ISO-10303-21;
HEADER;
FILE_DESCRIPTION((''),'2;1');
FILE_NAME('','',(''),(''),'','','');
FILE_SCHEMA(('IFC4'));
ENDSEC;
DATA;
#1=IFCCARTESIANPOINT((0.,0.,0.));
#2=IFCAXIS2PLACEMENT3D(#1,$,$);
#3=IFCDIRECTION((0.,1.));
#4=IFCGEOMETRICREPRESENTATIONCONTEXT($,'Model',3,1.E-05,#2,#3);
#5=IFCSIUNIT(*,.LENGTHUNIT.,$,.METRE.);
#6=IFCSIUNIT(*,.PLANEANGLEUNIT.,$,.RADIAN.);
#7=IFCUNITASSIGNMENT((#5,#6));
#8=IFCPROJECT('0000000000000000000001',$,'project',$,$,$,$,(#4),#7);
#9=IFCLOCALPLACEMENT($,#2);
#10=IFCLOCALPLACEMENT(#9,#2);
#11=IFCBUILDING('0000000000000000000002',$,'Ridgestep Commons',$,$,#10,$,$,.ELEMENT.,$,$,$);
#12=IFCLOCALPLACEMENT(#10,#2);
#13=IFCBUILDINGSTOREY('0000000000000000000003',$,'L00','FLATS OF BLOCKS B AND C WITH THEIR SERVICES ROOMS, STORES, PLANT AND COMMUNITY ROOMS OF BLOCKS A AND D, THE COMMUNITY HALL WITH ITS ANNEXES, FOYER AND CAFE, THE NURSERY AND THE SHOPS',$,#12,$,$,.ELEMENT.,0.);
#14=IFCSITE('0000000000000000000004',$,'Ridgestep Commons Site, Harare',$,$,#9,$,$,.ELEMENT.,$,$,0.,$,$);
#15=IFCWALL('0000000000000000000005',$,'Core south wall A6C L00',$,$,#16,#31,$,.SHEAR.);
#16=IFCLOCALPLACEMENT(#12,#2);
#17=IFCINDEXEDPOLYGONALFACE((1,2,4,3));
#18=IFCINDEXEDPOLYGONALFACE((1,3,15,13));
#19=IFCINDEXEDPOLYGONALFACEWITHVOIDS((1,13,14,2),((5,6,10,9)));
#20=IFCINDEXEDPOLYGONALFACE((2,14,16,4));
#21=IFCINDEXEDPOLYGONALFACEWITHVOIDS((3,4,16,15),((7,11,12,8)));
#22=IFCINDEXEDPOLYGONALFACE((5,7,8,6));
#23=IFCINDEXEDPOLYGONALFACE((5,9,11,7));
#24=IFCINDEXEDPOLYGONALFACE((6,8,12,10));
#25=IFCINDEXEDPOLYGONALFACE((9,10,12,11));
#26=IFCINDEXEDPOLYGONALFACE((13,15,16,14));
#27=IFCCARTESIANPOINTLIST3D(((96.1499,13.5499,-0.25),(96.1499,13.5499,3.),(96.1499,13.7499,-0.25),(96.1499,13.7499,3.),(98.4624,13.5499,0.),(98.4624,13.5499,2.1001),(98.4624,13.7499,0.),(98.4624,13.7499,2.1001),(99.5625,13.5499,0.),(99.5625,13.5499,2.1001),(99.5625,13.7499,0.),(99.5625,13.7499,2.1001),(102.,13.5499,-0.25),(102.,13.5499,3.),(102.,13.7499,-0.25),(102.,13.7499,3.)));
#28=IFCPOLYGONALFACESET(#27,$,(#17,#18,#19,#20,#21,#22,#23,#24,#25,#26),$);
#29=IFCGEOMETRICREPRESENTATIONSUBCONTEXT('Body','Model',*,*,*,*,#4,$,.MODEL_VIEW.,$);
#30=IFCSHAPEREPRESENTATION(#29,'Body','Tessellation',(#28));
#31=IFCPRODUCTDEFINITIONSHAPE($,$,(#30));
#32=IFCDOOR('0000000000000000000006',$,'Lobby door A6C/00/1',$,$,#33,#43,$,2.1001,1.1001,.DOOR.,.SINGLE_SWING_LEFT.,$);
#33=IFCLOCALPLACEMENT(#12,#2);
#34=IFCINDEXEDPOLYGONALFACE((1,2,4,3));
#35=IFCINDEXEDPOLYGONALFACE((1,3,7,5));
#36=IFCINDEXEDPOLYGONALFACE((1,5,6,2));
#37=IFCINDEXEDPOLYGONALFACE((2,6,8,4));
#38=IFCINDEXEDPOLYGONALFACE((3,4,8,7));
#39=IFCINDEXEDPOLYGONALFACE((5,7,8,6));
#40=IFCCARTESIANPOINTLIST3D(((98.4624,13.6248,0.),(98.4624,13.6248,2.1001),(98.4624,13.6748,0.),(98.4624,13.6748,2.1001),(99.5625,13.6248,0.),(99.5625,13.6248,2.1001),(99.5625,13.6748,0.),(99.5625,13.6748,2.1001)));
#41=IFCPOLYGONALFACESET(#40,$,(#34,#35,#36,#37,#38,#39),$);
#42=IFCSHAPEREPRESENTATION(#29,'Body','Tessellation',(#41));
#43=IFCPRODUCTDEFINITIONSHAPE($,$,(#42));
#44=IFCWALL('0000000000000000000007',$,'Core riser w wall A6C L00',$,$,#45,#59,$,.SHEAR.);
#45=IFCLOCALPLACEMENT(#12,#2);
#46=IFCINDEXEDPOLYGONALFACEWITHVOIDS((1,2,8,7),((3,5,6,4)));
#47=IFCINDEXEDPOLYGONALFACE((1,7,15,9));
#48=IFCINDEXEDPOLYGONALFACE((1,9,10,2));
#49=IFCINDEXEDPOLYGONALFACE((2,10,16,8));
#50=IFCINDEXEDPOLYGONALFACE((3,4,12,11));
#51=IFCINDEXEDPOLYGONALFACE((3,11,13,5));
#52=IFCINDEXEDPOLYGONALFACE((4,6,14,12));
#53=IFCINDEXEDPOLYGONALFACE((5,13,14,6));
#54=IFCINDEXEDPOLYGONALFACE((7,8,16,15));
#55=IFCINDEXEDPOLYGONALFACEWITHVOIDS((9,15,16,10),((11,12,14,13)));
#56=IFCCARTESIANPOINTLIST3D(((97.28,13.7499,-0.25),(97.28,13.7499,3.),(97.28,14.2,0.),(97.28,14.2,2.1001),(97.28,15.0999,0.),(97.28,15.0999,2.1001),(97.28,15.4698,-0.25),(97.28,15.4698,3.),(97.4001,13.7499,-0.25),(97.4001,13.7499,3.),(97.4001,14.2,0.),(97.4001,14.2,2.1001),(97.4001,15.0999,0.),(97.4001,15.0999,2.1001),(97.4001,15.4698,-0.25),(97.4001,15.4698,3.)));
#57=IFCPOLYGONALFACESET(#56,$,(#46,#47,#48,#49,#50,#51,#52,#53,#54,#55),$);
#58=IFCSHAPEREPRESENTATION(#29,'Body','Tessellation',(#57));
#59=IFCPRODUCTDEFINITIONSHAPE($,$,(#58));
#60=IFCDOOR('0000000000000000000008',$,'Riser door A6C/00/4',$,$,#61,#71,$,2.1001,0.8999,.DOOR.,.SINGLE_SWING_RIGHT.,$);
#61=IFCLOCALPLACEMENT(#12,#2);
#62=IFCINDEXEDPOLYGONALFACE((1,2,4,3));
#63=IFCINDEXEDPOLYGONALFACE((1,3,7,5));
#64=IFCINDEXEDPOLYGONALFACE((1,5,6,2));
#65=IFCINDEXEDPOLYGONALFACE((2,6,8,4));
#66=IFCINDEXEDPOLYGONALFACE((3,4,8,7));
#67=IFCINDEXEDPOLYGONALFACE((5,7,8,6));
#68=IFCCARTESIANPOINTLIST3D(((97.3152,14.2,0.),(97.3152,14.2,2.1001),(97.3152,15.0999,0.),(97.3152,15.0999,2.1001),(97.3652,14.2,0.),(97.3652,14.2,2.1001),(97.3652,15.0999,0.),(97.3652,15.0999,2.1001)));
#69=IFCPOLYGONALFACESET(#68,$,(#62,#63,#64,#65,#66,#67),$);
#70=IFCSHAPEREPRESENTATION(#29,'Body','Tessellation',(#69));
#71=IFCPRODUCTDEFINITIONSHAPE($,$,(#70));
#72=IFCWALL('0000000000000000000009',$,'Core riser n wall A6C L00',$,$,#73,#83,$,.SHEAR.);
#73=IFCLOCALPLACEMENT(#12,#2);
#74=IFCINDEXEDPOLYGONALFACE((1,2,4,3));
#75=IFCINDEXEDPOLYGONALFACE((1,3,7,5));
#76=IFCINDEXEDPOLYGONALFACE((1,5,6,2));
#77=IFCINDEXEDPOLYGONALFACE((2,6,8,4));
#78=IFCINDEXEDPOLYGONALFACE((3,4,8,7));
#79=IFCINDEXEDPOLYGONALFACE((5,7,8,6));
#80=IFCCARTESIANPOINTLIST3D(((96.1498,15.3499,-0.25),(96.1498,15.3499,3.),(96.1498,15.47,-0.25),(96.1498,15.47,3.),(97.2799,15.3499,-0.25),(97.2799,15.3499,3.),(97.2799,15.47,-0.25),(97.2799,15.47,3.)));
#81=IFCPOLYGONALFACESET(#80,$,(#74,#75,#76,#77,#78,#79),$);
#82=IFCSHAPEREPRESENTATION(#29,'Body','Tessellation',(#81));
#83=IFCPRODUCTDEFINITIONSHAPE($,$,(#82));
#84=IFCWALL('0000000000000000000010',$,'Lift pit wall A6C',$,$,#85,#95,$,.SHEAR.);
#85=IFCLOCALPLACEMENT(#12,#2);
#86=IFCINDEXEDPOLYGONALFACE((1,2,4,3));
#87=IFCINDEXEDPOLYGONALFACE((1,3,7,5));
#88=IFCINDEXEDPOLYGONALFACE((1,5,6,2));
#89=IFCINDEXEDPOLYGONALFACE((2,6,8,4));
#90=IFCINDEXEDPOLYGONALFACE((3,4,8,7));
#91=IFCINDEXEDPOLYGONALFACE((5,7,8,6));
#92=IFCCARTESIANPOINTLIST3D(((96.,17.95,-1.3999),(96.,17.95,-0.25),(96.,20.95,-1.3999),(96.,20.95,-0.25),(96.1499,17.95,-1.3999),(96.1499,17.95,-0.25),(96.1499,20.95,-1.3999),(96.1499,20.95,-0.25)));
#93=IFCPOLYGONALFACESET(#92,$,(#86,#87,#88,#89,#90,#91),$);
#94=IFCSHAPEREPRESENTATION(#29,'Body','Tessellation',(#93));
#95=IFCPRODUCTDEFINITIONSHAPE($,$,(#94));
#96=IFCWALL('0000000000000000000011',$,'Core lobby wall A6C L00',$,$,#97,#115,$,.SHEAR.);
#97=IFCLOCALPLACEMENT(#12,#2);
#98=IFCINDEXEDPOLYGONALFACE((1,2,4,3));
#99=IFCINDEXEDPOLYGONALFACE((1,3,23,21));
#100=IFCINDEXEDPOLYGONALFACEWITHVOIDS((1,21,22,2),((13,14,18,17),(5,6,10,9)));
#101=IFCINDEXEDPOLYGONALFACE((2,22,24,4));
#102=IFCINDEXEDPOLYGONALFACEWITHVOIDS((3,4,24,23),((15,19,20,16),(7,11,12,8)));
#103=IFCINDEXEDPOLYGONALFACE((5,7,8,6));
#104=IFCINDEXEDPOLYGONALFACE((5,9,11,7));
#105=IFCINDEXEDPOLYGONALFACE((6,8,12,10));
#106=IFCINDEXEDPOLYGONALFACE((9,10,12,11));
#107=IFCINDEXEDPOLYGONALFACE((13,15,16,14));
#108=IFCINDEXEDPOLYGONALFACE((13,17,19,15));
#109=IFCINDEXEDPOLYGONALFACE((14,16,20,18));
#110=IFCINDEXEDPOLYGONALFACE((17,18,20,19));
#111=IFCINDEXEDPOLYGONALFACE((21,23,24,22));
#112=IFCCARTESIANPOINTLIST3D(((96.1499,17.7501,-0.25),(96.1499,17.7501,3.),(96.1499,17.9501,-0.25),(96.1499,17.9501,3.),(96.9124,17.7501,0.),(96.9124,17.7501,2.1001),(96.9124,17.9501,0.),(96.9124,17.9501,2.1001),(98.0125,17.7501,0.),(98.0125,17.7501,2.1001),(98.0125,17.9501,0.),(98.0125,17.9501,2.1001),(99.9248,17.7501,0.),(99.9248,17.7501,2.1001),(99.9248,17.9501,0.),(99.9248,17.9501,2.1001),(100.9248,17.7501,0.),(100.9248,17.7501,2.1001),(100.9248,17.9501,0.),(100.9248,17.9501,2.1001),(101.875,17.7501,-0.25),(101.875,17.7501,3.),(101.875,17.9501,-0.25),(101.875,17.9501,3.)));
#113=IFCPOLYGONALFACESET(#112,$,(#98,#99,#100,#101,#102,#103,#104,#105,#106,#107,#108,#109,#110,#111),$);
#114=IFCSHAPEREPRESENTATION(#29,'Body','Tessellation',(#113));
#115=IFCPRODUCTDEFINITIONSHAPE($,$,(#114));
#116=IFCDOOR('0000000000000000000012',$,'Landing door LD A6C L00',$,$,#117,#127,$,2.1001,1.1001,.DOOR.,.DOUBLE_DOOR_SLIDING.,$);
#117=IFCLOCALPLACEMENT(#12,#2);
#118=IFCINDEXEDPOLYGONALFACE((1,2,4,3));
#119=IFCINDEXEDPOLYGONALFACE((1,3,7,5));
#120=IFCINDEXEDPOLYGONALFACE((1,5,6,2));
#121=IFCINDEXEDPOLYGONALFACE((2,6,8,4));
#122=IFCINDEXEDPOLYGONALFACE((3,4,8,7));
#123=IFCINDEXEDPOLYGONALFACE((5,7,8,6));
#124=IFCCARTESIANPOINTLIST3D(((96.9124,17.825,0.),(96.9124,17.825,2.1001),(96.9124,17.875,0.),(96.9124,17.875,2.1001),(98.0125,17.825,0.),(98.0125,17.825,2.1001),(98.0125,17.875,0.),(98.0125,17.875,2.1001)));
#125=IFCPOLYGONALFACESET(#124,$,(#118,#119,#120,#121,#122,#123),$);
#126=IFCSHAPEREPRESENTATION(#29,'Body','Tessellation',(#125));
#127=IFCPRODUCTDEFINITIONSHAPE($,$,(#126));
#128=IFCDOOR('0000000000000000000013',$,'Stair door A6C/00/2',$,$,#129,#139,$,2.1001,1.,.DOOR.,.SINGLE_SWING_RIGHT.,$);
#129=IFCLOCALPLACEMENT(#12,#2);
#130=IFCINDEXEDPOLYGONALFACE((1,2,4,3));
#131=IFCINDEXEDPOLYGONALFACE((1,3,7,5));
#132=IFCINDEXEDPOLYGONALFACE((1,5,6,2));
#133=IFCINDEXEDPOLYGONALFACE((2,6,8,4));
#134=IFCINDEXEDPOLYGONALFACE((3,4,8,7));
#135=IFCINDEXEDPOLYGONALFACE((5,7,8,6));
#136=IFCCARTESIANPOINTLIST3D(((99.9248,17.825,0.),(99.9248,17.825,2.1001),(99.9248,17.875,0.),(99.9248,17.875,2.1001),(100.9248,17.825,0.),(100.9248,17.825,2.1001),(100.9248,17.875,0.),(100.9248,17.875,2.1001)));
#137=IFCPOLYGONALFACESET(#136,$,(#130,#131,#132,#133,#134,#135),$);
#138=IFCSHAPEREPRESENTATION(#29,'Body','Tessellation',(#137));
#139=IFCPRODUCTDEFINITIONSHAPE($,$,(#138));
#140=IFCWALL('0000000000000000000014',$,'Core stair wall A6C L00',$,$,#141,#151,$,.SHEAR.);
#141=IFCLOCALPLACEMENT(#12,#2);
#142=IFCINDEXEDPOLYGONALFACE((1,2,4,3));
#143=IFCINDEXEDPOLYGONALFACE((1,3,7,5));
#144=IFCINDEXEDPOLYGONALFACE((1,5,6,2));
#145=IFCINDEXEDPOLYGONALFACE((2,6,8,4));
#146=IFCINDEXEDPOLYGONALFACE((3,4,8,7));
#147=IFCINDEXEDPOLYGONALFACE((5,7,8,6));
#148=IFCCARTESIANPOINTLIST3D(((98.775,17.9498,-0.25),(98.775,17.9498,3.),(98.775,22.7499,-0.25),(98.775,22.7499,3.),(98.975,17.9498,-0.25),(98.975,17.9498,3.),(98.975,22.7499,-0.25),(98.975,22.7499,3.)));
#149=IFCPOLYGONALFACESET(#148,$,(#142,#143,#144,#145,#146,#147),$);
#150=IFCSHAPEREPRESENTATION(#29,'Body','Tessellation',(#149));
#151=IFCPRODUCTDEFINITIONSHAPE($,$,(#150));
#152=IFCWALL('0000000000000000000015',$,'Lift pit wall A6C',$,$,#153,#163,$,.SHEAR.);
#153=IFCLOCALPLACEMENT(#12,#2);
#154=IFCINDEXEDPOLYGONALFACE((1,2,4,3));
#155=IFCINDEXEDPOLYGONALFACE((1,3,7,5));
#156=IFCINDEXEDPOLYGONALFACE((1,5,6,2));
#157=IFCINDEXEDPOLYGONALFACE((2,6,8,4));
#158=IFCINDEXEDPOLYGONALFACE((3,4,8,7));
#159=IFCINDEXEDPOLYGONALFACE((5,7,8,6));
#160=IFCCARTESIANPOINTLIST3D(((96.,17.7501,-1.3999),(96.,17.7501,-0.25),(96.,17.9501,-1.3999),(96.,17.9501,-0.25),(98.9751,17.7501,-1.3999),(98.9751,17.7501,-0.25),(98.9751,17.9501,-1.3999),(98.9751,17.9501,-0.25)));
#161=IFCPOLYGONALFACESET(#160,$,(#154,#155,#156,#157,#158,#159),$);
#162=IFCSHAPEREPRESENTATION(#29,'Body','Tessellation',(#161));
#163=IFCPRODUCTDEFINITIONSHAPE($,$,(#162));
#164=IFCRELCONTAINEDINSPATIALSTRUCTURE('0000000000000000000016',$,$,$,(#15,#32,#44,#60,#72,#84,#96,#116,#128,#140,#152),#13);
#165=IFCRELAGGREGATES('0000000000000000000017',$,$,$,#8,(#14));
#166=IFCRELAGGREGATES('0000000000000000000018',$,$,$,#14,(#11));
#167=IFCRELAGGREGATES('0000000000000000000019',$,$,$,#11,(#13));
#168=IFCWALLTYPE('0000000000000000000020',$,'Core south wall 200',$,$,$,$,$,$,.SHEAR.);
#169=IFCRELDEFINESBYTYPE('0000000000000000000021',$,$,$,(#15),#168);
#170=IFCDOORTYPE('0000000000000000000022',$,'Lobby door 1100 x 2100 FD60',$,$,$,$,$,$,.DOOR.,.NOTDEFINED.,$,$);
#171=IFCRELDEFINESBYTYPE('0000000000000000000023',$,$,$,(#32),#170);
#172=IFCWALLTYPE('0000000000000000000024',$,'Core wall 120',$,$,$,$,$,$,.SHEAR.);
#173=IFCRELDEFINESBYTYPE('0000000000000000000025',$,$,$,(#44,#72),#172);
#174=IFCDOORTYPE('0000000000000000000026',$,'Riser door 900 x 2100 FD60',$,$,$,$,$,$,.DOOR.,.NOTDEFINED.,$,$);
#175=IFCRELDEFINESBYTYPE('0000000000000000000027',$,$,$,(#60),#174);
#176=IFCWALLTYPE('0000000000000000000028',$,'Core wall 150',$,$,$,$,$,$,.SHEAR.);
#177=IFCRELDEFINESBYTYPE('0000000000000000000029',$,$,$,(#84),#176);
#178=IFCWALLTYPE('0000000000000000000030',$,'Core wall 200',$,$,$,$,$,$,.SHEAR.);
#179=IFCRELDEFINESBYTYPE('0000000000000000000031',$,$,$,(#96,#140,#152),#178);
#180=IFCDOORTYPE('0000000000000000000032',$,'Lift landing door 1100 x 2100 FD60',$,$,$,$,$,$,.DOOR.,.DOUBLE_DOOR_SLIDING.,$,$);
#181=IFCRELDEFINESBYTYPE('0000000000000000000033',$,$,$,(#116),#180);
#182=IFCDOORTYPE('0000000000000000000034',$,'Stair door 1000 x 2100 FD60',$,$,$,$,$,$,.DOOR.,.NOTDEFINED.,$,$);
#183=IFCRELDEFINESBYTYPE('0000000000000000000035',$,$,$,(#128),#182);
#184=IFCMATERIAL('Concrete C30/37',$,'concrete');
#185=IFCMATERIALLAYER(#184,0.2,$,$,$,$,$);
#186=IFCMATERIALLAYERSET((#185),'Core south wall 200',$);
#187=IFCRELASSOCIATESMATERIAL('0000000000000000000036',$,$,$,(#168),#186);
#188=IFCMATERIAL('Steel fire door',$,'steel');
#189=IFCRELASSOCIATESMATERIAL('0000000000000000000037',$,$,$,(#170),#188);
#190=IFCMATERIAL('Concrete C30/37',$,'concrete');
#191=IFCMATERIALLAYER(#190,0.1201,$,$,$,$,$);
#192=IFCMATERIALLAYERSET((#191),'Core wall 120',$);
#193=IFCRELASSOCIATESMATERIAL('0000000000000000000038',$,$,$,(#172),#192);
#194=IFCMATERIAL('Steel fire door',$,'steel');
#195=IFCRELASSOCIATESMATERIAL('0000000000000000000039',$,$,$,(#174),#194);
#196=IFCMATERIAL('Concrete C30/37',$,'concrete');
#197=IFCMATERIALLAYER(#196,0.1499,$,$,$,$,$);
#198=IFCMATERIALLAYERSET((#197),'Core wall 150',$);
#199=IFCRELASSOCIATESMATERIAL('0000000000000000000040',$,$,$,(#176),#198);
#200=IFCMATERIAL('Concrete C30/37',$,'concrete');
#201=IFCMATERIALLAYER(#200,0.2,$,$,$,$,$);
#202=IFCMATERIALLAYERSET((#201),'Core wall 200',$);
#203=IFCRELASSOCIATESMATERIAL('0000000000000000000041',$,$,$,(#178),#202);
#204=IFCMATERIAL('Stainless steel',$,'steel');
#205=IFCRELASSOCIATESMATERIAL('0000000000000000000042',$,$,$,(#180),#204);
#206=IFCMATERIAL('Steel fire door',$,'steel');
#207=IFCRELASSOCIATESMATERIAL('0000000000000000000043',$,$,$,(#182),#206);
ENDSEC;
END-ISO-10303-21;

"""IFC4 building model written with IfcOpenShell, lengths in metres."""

from ifc_helpers import new_model, si_unit, direction, frame, frame_2d, origin, place, context, subcontext, project, spatial, rectangle, extrude, material, layer, layer_set, type_object, element, fill, save


model = new_model("IFC4")

# Units and contexts
model_context = context("Model", 3, precision=1e-05, world=origin(), true_north=direction((0.0, 1.0)))
body_context = subcontext(model_context, "Body", "Model", "MODEL_VIEW")
ifc_project = project(units=[si_unit("LENGTHUNIT", "METRE"), si_unit("PLANEANGLEUNIT", "RADIAN")], contexts=[model_context])

# Site, building, storey
site_placement = place(None, origin())
site = spatial("IfcSite", under=ifc_project, at=site_placement, Name="Ridgestep Commons Site, Harare", CompositionType="ELEMENT", RefElevation=0.0)
building_placement = place(site_placement, origin())
building = spatial("IfcBuilding", under=site, at=building_placement, Name="Ridgestep Commons", CompositionType="ELEMENT")
storey_placement = place(building_placement, origin())
storey = spatial("IfcBuildingStorey", under=building, at=storey_placement, Name="L00", Description="FLATS OF BLOCKS B AND C WITH THEIR SERVICES ROOMS, STORES, PLANT AND COMMUNITY ROOMS OF BLOCKS A AND D, THE COMMUNITY HALL WITH ITS ANNEXES, FOYER AND CAFE, THE NURSERY AND THE SHOPS", CompositionType="ELEMENT", Elevation=0.0)

# Walls, openings, doors
ifc_material_1 = material(Name="Concrete C30/37", Category="concrete")
ifc_layer_1 = layer(ifc_material_1, 0.2)
ifc_layer_set_1 = layer_set([ifc_layer_1], Name="Core south wall 200")
wall_type_1 = type_object("IfcWallType", Name="Core south wall 200", PredefinedType="SHEAR", material=ifc_layer_set_1)
wall_1_placement = place(storey_placement, frame((96.1499, 13.6499, -0.25), z_axis=(0.0, 0.0, 1.0), x_axis=(1.0, 0.0, 0.0)))
wall_1 = element("IfcWall", 1, at=wall_1_placement, inside=storey, type_object=wall_type_1, Name="Core south wall A6C L00", PredefinedType="SHEAR", context=body_context, shape_type="SweptSolid", body=[
    extrude(rectangle(XDim=5.8501, YDim=0.2, at=frame_2d((2.925, 0.0))), origin(), (0.0, 0.0, 1.0), 3.25),
])
opening_1_placement = place(wall_1_placement, frame((2.3125, 0.0, 0.25)))
opening_1 = element("IfcOpeningElement", 2, at=opening_1_placement, cuts=wall_1, PredefinedType="OPENING", context=body_context, shape_type="SweptSolid", body=[
    extrude(rectangle(XDim=1.1001, YDim=2.1001, at=frame_2d((0.55, 1.05))), frame((0.0, 0.1099, 0.0), z_axis=(0.0, -1.0, 0.0), x_axis=(1.0, 0.0, 0.0)), (0.0, 0.0, 1.0), 0.22),
])
ifc_material_2 = material(Name="Steel fire door", Category="steel")
door_type_1 = type_object("IfcDoorType", Name="Lobby door 1100 x 2100 FD60", OperationType="NOTDEFINED", PredefinedType="DOOR", material=ifc_material_2)
door_1_placement = place(opening_1_placement, origin())
door_1 = element("IfcDoor", 3, at=door_1_placement, inside=storey, type_object=door_type_1, Name="Lobby door A6C/00/1", OperationType="SINGLE_SWING_LEFT", OverallHeight=2.1001, OverallWidth=1.1001, PredefinedType="DOOR", context=body_context, shape_type="SweptSolid", body=[
    extrude(rectangle(XDim=1.1001, YDim=2.1001, at=frame_2d((0.55, 1.05))), frame((0.0, 0.0249, 0.0), z_axis=(0.0, -1.0, 0.0), x_axis=(1.0, 0.0, 0.0)), (0.0, 0.0, 1.0), 0.05),
])
fill(opening_1, door_1)
ifc_material_3 = material(Name="Concrete C30/37", Category="concrete")
ifc_layer_2 = layer(ifc_material_3, 0.1201)
ifc_layer_set_2 = layer_set([ifc_layer_2], Name="Core wall 120")
wall_type_2 = type_object("IfcWallType", Name="Core wall 120", PredefinedType="SHEAR", material=ifc_layer_set_2)
wall_2_placement = place(storey_placement, frame((97.3401, 13.75, -0.25), z_axis=(0.0, 0.0, 1.0), x_axis=(0.0, 1.0, 0.0)))
wall_2 = element("IfcWall", 4, at=wall_2_placement, inside=storey, type_object=wall_type_2, Name="Core riser w wall A6C L00", PredefinedType="SHEAR", context=body_context, shape_type="SweptSolid", body=[
    extrude(rectangle(XDim=1.72, YDim=0.1201, at=frame_2d((0.8599, 0.0))), origin(), (0.0, 0.0, 1.0), 3.25),
])
opening_2_placement = place(wall_2_placement, frame((0.45, 0.0, 0.25)))
opening_2 = element("IfcOpeningElement", 5, at=opening_2_placement, cuts=wall_2, PredefinedType="OPENING", context=body_context, shape_type="SweptSolid", body=[
    extrude(rectangle(XDim=0.8999, YDim=2.1001, at=frame_2d((0.45, 1.05))), frame((0.0, 0.0701, 0.0), z_axis=(0.0, -1.0, 0.0), x_axis=(1.0, 0.0, 0.0)), (0.0, 0.0, 1.0), 0.1401),
])
ifc_material_4 = material(Name="Steel fire door", Category="steel")
door_type_2 = type_object("IfcDoorType", Name="Riser door 900 x 2100 FD60", OperationType="NOTDEFINED", PredefinedType="DOOR", material=ifc_material_4)
door_2_placement = place(opening_2_placement, origin())
door_2 = element("IfcDoor", 6, at=door_2_placement, inside=storey, type_object=door_type_2, Name="Riser door A6C/00/4", OperationType="SINGLE_SWING_RIGHT", OverallHeight=2.1001, OverallWidth=0.8999, PredefinedType="DOOR", context=body_context, shape_type="SweptSolid", body=[
    extrude(rectangle(XDim=0.8999, YDim=2.1001, at=frame_2d((0.45, 1.05))), frame((0.0, 0.0249, 0.0), z_axis=(0.0, -1.0, 0.0), x_axis=(1.0, 0.0, 0.0)), (0.0, 0.0, 1.0), 0.05),
])
fill(opening_2, door_2)

# Walls
wall_3_placement = place(storey_placement, frame((96.1499, 15.4099, -0.25), z_axis=(0.0, 0.0, 1.0), x_axis=(1.0, 0.0, 0.0)))
element("IfcWall", 7, at=wall_3_placement, inside=storey, type_object=wall_type_2, Name="Core riser n wall A6C L00", PredefinedType="SHEAR", context=body_context, shape_type="SweptSolid", body=[
    extrude(rectangle(XDim=1.1301, YDim=0.1201, at=frame_2d((0.5649, 0.0))), origin(), (0.0, 0.0, 1.0), 3.25),
])
ifc_material_5 = material(Name="Concrete C30/37", Category="concrete")
ifc_layer_3 = layer(ifc_material_5, 0.1499)
ifc_layer_set_3 = layer_set([ifc_layer_3], Name="Core wall 150")
wall_type_3 = type_object("IfcWallType", Name="Core wall 150", PredefinedType="SHEAR", material=ifc_layer_set_3)
wall_4_placement = place(storey_placement, frame((96.075, 17.95, -1.3999), z_axis=(0.0, 0.0, 1.0), x_axis=(0.0, 1.0, 0.0)))
element("IfcWall", 8, at=wall_4_placement, inside=storey, type_object=wall_type_3, Name="Lift pit wall A6C", PredefinedType="SHEAR", context=body_context, shape_type="SweptSolid", body=[
    extrude(rectangle(XDim=3.0, YDim=0.1499, at=frame_2d((1.5, 0.0))), origin(), (0.0, 0.0, 1.0), 1.1499),
])

# Wall, openings, doors
ifc_material_6 = material(Name="Concrete C30/37", Category="concrete")
ifc_layer_4 = layer(ifc_material_6, 0.2)
ifc_layer_set_4 = layer_set([ifc_layer_4], Name="Core wall 200")
wall_type_4 = type_object("IfcWallType", Name="Core wall 200", PredefinedType="SHEAR", material=ifc_layer_set_4)
wall_5_placement = place(storey_placement, frame((96.1499, 17.8501, -0.25), z_axis=(0.0, 0.0, 1.0), x_axis=(1.0, 0.0, 0.0)))
wall_5 = element("IfcWall", 9, at=wall_5_placement, inside=storey, type_object=wall_type_4, Name="Core lobby wall A6C L00", PredefinedType="SHEAR", context=body_context, shape_type="SweptSolid", body=[
    extrude(rectangle(XDim=5.7251, YDim=0.2, at=frame_2d((2.8625, 0.0))), origin(), (0.0, 0.0, 1.0), 3.25),
])
opening_3_placement = place(wall_5_placement, frame((3.7749, 0.0, 0.25)))
opening_3 = element("IfcOpeningElement", 10, at=opening_3_placement, cuts=wall_5, PredefinedType="OPENING", context=body_context, shape_type="SweptSolid", body=[
    extrude(rectangle(XDim=1.0, YDim=2.1001, at=frame_2d((0.5, 1.05))), frame((0.0, 0.1099, 0.0), z_axis=(0.0, -1.0, 0.0), x_axis=(1.0, 0.0, 0.0)), (0.0, 0.0, 1.0), 0.22),
])
opening_4_placement = place(wall_5_placement, frame((0.7625, 0.0, 0.25)))
opening_4 = element("IfcOpeningElement", 11, at=opening_4_placement, cuts=wall_5, PredefinedType="OPENING", context=body_context, shape_type="SweptSolid", body=[
    extrude(rectangle(XDim=1.1001, YDim=2.1001, at=frame_2d((0.55, 1.05))), frame((0.0, 0.1099, 0.0), z_axis=(0.0, -1.0, 0.0), x_axis=(1.0, 0.0, 0.0)), (0.0, 0.0, 1.0), 0.22),
])
ifc_material_7 = material(Name="Stainless steel", Category="steel")
door_type_3 = type_object("IfcDoorType", Name="Lift landing door 1100 x 2100 FD60", OperationType="DOUBLE_DOOR_SLIDING", PredefinedType="DOOR", material=ifc_material_7)
door_3_placement = place(opening_4_placement, origin())
door_3 = element("IfcDoor", 12, at=door_3_placement, inside=storey, type_object=door_type_3, Name="Landing door LD A6C L00", OperationType="DOUBLE_DOOR_SLIDING", OverallHeight=2.1001, OverallWidth=1.1001, PredefinedType="DOOR", context=body_context, shape_type="SweptSolid", body=[
    extrude(rectangle(XDim=1.1001, YDim=2.1001, at=frame_2d((0.55, 1.05))), frame((0.0, 0.0249, 0.0), z_axis=(0.0, -1.0, 0.0), x_axis=(1.0, 0.0, 0.0)), (0.0, 0.0, 1.0), 0.05),
])
fill(opening_4, door_3)
ifc_material_8 = material(Name="Steel fire door", Category="steel")
door_type_4 = type_object("IfcDoorType", Name="Stair door 1000 x 2100 FD60", OperationType="NOTDEFINED", PredefinedType="DOOR", material=ifc_material_8)
door_4_placement = place(opening_3_placement, origin())
door_4 = element("IfcDoor", 13, at=door_4_placement, inside=storey, type_object=door_type_4, Name="Stair door A6C/00/2", OperationType="SINGLE_SWING_RIGHT", OverallHeight=2.1001, OverallWidth=1.0, PredefinedType="DOOR", context=body_context, shape_type="SweptSolid", body=[
    extrude(rectangle(XDim=1.0, YDim=2.1001, at=frame_2d((0.5, 1.05))), frame((0.0, 0.0249, 0.0), z_axis=(0.0, -1.0, 0.0), x_axis=(1.0, 0.0, 0.0)), (0.0, 0.0, 1.0), 0.05),
])
fill(opening_3, door_4)

# Walls
wall_6_placement = place(storey_placement, frame((98.875, 17.95, -0.25), z_axis=(0.0, 0.0, 1.0), x_axis=(0.0, 1.0, 0.0)))
element("IfcWall", 14, at=wall_6_placement, inside=storey, type_object=wall_type_4, Name="Core stair wall A6C L00", PredefinedType="SHEAR", context=body_context, shape_type="SweptSolid", body=[
    extrude(rectangle(XDim=4.8, YDim=0.2, at=frame_2d((2.3999, 0.0))), origin(), (0.0, 0.0, 1.0), 3.25),
])
wall_7_placement = place(storey_placement, frame((96.0, 17.8501, -1.3999), z_axis=(0.0, 0.0, 1.0), x_axis=(1.0, 0.0, 0.0)))
element("IfcWall", 15, at=wall_7_placement, inside=storey, type_object=wall_type_4, Name="Lift pit wall A6C", PredefinedType="SHEAR", context=body_context, shape_type="SweptSolid", body=[
    extrude(rectangle(XDim=2.9751, YDim=0.2, at=frame_2d((1.4875, 0.0))), origin(), (0.0, 0.0, 1.0), 1.1499),
])

save(model, "model.ifc")
